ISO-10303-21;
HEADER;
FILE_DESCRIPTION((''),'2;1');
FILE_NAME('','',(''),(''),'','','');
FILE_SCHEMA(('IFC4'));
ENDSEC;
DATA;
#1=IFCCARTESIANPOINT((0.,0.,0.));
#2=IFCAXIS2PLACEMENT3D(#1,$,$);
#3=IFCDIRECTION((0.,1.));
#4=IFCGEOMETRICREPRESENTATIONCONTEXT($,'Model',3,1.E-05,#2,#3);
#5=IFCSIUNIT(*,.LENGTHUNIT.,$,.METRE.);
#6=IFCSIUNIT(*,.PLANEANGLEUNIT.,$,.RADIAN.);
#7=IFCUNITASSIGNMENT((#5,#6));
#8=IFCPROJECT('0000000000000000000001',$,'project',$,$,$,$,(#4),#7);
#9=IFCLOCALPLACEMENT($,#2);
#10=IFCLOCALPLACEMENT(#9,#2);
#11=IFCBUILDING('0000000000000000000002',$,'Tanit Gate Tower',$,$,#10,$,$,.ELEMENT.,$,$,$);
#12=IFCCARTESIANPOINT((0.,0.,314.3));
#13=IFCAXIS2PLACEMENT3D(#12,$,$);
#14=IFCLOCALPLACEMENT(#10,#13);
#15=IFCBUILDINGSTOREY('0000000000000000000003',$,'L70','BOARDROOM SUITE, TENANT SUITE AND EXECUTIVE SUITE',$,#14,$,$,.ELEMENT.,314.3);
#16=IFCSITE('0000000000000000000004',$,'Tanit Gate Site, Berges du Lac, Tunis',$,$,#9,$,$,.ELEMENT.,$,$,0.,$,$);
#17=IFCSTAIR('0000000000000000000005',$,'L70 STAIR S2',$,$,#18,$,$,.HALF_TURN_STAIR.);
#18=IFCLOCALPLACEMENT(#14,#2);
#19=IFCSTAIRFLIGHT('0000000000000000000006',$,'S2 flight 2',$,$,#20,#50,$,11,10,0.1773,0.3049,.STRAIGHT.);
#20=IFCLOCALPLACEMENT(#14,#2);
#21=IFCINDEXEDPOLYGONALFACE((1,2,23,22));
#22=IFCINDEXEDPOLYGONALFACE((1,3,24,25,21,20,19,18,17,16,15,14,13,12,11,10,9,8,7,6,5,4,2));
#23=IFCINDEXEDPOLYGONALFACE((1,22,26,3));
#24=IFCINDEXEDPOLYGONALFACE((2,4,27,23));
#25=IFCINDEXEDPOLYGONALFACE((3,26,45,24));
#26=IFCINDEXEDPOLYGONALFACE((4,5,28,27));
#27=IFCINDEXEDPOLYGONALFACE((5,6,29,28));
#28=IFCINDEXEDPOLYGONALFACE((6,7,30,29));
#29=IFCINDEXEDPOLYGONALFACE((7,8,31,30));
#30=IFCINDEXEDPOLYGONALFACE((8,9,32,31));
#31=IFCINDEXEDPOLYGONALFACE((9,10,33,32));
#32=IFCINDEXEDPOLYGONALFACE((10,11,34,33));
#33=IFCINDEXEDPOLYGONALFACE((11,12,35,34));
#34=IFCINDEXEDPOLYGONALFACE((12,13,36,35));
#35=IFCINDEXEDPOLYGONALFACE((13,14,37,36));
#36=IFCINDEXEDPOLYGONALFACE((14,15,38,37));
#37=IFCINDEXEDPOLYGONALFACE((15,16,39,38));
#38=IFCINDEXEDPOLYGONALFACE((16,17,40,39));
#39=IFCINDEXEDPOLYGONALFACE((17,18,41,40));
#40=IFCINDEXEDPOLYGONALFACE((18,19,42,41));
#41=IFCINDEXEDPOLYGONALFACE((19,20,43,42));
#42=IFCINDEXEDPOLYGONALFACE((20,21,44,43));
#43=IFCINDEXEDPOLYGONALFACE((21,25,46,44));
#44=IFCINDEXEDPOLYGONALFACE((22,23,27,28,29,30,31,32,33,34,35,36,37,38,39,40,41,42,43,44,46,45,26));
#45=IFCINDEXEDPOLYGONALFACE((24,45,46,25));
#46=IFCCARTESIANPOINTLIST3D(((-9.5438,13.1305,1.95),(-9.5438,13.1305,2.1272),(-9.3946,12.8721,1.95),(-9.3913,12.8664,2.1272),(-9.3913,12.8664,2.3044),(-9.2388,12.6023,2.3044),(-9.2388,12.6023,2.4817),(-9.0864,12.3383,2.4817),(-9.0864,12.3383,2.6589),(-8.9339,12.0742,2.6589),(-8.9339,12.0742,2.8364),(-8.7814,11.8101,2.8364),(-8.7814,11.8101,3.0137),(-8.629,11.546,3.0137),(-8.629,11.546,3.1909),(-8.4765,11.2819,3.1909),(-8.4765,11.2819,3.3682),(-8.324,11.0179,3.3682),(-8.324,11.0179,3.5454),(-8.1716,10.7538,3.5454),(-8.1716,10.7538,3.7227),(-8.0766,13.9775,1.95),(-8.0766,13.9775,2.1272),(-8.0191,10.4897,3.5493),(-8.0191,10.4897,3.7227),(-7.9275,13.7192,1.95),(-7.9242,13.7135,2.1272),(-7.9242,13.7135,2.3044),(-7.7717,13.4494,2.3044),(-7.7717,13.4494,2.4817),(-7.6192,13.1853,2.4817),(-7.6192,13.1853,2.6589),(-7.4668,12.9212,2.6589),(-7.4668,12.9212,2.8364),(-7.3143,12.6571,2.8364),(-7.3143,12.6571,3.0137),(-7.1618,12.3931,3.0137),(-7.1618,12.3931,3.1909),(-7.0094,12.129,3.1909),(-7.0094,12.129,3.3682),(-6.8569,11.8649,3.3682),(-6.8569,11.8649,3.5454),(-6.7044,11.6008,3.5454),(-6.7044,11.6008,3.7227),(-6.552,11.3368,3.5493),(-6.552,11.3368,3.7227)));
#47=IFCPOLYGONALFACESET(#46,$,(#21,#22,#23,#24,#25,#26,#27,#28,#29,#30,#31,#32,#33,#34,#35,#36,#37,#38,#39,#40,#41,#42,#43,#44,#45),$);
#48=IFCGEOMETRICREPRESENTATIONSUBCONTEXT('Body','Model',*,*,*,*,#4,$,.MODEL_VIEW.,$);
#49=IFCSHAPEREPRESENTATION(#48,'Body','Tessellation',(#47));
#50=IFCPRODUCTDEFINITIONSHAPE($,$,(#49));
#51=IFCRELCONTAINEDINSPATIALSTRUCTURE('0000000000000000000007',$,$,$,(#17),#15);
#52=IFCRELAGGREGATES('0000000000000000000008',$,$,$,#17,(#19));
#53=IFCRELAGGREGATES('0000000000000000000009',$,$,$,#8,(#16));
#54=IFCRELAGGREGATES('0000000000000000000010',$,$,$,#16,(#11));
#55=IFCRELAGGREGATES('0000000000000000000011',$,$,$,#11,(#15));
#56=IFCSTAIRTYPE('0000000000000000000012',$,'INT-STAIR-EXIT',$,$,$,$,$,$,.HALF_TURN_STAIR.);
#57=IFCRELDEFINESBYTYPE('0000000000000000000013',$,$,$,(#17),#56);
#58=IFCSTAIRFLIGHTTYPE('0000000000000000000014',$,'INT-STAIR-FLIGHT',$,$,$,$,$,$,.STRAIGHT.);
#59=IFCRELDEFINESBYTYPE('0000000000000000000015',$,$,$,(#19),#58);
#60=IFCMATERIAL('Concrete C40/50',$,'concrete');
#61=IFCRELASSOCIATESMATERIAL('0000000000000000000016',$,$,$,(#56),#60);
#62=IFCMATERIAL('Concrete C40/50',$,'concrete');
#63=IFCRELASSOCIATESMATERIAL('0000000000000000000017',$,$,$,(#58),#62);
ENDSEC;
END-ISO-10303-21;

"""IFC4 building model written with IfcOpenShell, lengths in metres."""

from ifc_helpers import new_model, si_unit, direction, frame, origin, place, context, subcontext, project, spatial, polyline, outline, extrude, material, type_object, element, aggregate, save


model = new_model("IFC4")

# Units and contexts
model_context = context("Model", 3, precision=1e-05, world=origin(), true_north=direction((0.0, 1.0)))
body_context = subcontext(model_context, "Body", "Model", "MODEL_VIEW")
ifc_project = project(units=[si_unit("LENGTHUNIT", "METRE"), si_unit("PLANEANGLEUNIT", "RADIAN")], contexts=[model_context])

# Site, building, storey
site_placement = place(None, origin())
site = spatial("IfcSite", under=ifc_project, at=site_placement, Name="Tanit Gate Site, Berges du Lac, Tunis", CompositionType="ELEMENT", RefElevation=0.0)
building_placement = place(site_placement, origin())
building = spatial("IfcBuilding", under=site, at=building_placement, Name="Tanit Gate Tower", CompositionType="ELEMENT")
storey_placement = place(building_placement, frame((0.0, 0.0, 314.3)))
storey = spatial("IfcBuildingStorey", under=building, at=storey_placement, Name="L70", Description="BOARDROOM SUITE, TENANT SUITE AND EXECUTIVE SUITE", CompositionType="ELEMENT", Elevation=314.3)

# Stair, stair flight
ifc_material_1 = material(Name="Concrete C40/50", Category="concrete")
stair_type = type_object("IfcStairType", Name="INT-STAIR-EXIT", PredefinedType="HALF_TURN_STAIR", material=ifc_material_1)
stair_placement = place(storey_placement, origin())
stair = element("IfcStair", 1, at=stair_placement, inside=storey, type_object=stair_type, Name="L70 STAIR S2", PredefinedType="HALF_TURN_STAIR")
ifc_material_2 = material(Name="Concrete C40/50", Category="concrete")
stair_flight_type = type_object("IfcStairFlightType", Name="INT-STAIR-FLIGHT", PredefinedType="STRAIGHT", material=ifc_material_2)
stair_flight_placement = place(storey_placement, frame((-8.8103, 13.554, 1.95), z_axis=(0.0, 0.0, 1.0), x_axis=(0.5, -0.866025, 0.0)))
stair_flight = element("IfcStairFlight", 2, at=stair_flight_placement, type_object=stair_flight_type, Name="S2 flight 2", NumberOfRisers=11, NumberOfTreads=10, PredefinedType="STRAIGHT", RiserHeight=0.1773, TreadLength=0.3049, context=body_context, shape_type="SweptSolid", body=[
    extrude(outline(polyline([(0.0, 0.0), (0.0, 0.1772), (0.3049, 0.1772), (0.3049, 0.3545), (0.6099, 0.3545), (0.6099, 0.5317), (0.9148, 0.5317), (0.9148, 0.709), (1.2197, 0.709), (1.2197, 0.8865), (1.5247, 0.8865), (1.5247, 1.0637), (1.8296, 1.0637), (1.8296, 1.241), (2.1345, 1.241), (2.1345, 1.4182), (2.4395, 1.4182), (2.4395, 1.5955), (2.7444, 1.5955), (2.7444, 1.7727), (3.0493, 1.7727), (3.0493, 1.95), (3.0493, 1.5994), (0.2983, 0.0), (0.0, 0.0)])), frame((0.0, 0.8472, 0.0), z_axis=(0.0, -1.0, 0.0), x_axis=(1.0, 0.0, 0.0)), (0.0, 0.0, 1.0), 1.6941),
])
aggregate(stair, [stair_flight])

save(model, "model.ifc")
